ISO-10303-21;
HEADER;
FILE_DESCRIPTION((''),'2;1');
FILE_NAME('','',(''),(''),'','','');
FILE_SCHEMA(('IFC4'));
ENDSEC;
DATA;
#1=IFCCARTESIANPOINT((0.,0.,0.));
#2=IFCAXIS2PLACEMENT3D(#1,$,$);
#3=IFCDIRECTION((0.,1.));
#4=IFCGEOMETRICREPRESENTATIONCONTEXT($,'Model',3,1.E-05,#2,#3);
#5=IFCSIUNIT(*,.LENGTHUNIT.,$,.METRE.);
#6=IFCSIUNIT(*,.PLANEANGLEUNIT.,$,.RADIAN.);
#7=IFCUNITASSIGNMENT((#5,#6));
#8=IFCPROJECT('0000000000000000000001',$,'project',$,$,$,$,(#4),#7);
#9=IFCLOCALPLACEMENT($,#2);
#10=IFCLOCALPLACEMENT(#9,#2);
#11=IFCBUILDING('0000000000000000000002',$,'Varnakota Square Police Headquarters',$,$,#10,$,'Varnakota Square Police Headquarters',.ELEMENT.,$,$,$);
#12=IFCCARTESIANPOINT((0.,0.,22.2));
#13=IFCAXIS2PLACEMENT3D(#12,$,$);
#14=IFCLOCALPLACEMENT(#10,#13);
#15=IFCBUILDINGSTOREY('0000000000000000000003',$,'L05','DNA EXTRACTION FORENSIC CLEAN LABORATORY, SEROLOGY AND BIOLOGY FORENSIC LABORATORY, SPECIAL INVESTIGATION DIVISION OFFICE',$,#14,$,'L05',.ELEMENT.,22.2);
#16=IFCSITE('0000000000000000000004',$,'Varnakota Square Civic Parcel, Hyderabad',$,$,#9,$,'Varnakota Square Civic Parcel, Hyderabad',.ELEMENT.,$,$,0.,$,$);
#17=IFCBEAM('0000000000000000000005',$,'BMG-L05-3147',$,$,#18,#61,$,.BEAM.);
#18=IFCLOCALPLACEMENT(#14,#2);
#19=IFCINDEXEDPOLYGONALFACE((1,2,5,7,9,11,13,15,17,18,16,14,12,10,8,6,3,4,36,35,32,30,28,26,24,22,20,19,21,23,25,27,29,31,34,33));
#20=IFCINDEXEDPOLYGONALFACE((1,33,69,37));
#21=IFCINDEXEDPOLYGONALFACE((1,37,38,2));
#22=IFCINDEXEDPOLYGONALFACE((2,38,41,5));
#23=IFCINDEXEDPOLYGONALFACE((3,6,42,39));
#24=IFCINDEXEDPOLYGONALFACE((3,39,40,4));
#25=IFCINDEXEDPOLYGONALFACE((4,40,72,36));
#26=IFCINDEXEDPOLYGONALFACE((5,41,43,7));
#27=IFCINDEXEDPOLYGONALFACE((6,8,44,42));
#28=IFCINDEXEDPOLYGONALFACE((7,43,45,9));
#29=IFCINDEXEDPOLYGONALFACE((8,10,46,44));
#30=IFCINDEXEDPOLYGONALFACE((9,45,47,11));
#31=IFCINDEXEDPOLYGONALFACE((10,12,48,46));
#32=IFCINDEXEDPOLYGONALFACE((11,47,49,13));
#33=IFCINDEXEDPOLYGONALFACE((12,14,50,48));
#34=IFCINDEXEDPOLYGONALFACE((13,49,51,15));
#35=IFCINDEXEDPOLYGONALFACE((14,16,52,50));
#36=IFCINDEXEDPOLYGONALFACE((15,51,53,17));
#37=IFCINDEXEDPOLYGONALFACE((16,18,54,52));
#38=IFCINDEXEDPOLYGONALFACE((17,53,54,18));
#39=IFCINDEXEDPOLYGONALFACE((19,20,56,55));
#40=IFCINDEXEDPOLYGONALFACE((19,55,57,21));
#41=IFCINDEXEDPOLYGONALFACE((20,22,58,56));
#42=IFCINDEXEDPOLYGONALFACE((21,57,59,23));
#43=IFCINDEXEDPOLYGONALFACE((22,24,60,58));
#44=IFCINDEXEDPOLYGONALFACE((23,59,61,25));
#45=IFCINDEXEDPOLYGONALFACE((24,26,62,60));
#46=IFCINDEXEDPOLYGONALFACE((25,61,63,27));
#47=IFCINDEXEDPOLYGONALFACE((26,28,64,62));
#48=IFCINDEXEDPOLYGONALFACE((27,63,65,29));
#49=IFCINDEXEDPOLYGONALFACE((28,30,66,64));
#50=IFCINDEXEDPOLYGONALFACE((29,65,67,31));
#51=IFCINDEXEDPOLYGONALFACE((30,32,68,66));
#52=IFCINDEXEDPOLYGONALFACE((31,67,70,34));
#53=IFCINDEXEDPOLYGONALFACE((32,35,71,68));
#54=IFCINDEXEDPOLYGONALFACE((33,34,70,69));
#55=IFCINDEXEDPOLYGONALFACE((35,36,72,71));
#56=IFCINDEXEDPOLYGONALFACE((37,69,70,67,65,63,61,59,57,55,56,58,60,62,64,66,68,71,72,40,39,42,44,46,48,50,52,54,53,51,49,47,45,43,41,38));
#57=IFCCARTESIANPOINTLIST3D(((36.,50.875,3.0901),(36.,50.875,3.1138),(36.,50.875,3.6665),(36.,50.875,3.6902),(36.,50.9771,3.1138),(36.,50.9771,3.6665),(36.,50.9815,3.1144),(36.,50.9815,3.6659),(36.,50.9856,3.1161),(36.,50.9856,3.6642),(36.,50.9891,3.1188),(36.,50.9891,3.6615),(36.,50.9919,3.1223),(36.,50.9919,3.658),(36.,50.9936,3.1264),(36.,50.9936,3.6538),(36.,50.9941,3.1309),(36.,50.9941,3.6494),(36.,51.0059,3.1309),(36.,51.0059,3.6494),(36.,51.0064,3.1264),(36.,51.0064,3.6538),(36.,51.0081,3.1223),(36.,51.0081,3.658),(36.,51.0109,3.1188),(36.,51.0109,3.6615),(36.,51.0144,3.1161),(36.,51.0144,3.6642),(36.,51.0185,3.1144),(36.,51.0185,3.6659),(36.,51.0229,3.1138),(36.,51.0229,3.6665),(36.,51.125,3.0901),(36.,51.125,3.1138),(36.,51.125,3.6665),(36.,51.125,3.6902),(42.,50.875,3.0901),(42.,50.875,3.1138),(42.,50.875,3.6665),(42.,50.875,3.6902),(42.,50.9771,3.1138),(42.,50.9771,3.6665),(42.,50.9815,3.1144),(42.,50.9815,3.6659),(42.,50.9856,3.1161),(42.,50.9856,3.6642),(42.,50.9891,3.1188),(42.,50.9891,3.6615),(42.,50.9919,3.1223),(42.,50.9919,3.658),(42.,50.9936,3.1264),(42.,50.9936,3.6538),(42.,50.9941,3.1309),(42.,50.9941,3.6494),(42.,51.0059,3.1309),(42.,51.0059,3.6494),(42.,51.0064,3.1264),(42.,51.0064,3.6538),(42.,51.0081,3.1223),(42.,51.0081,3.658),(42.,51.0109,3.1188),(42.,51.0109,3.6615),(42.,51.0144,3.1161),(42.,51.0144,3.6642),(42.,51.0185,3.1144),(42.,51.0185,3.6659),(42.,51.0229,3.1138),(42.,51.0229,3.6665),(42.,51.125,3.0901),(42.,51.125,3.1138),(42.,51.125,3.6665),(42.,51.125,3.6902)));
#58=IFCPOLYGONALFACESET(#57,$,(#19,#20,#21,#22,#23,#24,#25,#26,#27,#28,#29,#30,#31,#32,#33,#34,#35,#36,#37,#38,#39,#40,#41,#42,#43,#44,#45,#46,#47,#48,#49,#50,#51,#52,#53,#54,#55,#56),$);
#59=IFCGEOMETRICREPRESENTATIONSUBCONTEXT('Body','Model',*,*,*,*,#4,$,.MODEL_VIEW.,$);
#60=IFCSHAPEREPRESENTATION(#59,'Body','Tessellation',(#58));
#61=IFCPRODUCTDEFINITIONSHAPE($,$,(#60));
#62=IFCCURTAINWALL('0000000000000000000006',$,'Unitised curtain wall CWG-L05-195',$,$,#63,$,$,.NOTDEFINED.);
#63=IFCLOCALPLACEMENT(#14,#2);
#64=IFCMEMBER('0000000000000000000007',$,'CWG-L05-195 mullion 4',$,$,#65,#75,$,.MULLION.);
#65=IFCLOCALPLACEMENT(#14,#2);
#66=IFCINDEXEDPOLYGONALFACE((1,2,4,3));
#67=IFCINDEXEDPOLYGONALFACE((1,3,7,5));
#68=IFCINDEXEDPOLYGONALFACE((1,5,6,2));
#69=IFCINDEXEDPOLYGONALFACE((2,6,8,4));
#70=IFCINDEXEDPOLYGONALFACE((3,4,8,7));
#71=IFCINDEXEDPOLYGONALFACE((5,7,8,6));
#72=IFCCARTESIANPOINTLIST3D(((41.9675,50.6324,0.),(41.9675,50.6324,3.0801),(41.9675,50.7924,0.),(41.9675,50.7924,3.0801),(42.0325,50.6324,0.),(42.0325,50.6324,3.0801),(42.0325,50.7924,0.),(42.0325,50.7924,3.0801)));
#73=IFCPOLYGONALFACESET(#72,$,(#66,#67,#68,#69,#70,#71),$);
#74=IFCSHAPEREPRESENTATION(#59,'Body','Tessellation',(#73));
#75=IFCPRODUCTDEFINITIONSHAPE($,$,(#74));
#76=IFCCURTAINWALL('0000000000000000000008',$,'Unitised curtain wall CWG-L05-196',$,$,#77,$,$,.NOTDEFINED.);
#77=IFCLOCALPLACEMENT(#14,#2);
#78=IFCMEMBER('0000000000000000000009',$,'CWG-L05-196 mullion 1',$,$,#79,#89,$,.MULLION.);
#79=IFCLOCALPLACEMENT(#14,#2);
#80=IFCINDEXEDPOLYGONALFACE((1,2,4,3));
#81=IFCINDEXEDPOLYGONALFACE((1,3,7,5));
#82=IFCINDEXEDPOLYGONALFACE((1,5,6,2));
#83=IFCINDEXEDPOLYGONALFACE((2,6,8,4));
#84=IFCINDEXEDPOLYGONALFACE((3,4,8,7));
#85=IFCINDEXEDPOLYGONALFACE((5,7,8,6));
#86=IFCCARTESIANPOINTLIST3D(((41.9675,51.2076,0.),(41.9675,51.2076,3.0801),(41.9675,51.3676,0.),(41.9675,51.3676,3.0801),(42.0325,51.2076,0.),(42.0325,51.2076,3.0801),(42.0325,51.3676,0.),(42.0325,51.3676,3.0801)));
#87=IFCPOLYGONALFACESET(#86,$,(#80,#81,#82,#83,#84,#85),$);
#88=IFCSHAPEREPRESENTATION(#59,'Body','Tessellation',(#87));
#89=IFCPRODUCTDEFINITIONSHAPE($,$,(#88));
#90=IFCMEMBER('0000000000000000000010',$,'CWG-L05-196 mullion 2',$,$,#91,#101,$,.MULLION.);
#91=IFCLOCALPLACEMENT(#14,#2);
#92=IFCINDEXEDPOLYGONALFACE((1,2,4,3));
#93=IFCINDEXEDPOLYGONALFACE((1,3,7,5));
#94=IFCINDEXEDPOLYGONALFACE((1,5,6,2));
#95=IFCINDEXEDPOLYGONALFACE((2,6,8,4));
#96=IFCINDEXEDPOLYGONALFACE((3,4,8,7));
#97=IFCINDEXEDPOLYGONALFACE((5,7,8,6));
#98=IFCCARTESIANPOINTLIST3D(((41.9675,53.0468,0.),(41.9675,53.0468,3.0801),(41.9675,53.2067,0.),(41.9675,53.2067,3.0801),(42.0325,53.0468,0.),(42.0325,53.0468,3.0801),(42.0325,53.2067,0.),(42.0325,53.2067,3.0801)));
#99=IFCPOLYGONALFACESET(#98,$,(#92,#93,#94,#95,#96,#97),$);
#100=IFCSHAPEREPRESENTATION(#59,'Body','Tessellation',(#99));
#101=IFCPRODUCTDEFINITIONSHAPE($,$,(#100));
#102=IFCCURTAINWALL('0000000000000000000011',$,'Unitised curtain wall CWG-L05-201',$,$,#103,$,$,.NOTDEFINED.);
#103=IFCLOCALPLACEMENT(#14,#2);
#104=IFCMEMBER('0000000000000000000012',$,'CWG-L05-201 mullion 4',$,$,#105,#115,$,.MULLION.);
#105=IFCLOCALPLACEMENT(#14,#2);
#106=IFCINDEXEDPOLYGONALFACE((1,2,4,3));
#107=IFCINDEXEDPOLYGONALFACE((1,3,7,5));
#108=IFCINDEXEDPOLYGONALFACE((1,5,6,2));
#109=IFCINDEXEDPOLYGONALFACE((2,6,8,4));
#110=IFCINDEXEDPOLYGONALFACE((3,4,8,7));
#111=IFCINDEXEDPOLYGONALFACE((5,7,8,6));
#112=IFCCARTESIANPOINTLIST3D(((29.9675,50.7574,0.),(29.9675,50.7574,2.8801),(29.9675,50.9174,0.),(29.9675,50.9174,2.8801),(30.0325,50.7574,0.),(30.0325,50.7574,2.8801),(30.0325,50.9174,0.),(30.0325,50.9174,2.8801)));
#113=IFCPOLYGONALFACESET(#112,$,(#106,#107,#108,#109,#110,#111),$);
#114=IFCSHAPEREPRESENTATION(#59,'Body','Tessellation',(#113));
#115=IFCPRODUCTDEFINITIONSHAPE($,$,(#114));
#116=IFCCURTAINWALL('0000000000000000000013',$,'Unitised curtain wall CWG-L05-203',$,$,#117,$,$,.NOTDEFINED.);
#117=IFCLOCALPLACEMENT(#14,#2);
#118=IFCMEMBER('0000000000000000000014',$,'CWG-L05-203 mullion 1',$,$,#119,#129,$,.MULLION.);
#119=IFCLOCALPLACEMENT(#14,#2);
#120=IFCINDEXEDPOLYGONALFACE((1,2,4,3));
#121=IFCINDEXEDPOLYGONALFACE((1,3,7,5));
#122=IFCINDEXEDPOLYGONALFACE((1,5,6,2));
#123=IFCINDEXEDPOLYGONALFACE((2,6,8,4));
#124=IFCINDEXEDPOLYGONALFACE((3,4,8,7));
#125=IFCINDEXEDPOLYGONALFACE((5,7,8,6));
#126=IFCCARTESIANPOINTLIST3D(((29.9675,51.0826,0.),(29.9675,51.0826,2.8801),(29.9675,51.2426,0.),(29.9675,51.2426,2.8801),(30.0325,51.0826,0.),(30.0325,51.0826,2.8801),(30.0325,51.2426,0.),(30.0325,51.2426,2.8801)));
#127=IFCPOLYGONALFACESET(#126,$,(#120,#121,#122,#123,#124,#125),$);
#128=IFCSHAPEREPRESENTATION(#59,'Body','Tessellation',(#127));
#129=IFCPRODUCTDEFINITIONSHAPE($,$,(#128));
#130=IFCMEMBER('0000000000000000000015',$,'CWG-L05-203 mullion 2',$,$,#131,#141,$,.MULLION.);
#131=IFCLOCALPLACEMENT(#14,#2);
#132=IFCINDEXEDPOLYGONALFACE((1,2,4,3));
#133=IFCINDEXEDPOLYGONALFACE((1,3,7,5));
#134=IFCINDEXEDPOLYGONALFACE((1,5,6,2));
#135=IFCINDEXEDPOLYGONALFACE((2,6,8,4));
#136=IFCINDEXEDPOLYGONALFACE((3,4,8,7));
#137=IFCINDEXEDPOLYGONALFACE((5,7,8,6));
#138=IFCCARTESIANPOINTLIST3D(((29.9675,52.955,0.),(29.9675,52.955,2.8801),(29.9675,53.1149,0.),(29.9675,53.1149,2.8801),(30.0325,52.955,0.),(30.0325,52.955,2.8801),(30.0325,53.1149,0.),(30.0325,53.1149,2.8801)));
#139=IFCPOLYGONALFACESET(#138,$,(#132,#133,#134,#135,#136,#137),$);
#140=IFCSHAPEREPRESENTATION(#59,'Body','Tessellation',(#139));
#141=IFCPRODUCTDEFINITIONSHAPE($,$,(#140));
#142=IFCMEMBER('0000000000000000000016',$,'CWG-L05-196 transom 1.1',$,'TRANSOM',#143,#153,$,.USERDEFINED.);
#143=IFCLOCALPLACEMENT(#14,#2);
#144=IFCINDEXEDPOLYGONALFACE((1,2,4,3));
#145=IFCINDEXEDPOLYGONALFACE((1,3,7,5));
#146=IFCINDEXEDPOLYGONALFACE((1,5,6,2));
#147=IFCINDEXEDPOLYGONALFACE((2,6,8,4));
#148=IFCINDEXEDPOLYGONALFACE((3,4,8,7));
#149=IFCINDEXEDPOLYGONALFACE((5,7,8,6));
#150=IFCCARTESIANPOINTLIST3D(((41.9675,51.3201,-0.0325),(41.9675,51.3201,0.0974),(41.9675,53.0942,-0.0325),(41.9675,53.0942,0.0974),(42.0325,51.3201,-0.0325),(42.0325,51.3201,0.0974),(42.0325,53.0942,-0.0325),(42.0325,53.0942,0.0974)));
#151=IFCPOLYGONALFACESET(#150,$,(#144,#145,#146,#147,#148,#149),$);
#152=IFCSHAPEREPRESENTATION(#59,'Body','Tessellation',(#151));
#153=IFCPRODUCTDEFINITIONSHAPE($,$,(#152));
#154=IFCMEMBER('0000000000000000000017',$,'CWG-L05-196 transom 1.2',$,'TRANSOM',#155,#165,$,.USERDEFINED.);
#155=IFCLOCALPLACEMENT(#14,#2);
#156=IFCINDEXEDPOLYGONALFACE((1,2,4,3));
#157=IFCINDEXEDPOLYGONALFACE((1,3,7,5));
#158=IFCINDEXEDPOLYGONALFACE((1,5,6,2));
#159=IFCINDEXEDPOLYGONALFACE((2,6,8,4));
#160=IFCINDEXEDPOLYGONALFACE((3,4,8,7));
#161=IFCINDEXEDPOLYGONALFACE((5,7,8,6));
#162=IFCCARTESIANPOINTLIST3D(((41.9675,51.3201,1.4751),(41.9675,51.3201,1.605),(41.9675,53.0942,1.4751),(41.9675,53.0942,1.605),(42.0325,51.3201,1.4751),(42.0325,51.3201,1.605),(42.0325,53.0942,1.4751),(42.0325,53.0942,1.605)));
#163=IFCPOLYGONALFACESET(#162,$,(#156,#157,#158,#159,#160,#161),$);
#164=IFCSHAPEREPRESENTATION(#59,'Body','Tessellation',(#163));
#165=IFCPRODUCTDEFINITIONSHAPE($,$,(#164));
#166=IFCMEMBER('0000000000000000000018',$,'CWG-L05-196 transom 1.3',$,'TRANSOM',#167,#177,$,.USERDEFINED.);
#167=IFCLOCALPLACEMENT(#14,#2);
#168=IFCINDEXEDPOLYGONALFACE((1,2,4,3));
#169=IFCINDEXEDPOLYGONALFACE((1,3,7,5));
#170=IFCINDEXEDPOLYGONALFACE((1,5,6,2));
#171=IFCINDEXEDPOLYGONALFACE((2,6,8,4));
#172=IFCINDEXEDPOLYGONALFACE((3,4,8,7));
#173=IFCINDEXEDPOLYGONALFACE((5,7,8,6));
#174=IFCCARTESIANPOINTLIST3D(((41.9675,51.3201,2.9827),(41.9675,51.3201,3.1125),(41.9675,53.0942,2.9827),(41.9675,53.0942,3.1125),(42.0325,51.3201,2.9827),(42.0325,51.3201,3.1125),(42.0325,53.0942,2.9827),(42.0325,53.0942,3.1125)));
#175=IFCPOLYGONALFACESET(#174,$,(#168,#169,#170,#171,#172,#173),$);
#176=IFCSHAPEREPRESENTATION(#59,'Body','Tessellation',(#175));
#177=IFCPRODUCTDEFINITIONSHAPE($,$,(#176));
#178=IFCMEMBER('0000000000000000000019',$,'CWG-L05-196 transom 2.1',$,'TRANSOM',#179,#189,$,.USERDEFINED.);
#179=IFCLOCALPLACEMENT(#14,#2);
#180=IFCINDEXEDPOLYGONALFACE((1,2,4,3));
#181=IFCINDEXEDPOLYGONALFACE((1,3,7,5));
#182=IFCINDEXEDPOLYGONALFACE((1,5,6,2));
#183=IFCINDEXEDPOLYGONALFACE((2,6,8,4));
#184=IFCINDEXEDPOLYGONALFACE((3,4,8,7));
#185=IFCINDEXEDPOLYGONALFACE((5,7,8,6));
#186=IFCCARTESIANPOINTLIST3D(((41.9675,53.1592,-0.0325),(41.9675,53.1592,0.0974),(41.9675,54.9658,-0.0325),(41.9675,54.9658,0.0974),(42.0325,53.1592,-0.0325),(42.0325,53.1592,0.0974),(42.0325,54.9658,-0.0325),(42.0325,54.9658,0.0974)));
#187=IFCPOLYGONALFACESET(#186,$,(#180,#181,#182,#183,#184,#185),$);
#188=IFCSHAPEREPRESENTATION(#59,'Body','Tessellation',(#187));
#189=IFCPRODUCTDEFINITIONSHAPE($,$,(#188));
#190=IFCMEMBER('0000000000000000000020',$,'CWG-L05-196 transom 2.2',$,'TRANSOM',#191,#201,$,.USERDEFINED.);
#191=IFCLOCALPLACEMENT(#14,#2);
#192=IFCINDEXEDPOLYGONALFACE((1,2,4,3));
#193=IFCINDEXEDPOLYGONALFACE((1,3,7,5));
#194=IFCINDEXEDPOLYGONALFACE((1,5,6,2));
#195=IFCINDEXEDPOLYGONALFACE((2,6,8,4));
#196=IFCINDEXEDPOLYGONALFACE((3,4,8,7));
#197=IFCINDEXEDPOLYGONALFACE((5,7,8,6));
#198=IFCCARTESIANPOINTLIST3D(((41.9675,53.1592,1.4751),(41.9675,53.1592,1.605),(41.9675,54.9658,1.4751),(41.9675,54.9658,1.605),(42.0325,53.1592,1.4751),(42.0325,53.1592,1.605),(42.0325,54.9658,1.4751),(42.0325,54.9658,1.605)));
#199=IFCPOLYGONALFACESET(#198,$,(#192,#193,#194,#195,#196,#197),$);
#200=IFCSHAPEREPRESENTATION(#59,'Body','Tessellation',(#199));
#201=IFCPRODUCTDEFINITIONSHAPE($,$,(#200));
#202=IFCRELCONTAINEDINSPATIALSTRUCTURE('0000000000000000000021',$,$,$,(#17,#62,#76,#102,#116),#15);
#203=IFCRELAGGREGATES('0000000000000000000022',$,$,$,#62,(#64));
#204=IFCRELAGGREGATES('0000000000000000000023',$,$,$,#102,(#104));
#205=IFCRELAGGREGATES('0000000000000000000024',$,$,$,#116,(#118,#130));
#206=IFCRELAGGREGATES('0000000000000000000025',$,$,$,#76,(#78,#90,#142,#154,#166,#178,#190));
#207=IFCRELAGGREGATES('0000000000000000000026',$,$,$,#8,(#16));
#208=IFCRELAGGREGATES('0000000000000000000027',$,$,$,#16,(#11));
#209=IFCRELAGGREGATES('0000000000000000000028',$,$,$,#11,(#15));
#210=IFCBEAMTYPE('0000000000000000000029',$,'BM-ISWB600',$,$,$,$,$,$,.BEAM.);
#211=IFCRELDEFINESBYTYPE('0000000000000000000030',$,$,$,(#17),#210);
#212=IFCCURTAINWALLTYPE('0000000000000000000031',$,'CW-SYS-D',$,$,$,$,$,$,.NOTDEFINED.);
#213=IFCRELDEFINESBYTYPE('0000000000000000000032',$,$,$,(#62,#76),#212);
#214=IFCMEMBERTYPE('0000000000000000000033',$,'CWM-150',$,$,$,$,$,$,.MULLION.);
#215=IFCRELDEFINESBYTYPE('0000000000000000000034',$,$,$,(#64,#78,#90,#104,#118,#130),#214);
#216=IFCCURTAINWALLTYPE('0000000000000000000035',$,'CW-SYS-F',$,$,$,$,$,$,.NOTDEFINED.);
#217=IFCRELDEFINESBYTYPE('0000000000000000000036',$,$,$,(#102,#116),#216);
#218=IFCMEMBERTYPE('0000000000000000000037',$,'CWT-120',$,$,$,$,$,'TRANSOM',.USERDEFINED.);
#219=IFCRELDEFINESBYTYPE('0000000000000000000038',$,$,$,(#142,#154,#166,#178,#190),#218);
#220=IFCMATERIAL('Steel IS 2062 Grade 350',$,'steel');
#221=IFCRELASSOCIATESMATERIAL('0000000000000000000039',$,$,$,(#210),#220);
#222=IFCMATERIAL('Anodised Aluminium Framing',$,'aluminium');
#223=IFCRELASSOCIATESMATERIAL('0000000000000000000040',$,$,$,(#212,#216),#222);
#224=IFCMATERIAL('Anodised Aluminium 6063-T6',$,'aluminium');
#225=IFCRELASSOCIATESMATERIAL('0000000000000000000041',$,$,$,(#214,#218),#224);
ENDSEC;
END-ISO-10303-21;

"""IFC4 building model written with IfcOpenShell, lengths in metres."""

from ifc_helpers import new_model, si_unit, direction, frame, origin, origin_2d, place, context, subcontext, project, spatial, rectangle, i_section, extrude, material, material_profile, profile_set, type_object, element, aggregate, save


model = new_model("IFC4")

# Units and contexts
model_context = context("Model", 3, precision=1e-05, world=origin(), true_north=direction((0.0, 1.0)))
body_context = subcontext(model_context, "Body", "Model", "MODEL_VIEW")
ifc_project = project(units=[si_unit("LENGTHUNIT", "METRE"), si_unit("PLANEANGLEUNIT", "RADIAN")], contexts=[model_context])

# Site, building, storey
site_placement = place(None, origin())
site = spatial("IfcSite", under=ifc_project, at=site_placement, Name="Varnakota Square Civic Parcel, Hyderabad", LongName="Varnakota Square Civic Parcel, Hyderabad", CompositionType="ELEMENT", RefElevation=0.0)
building_placement = place(site_placement, origin())
building = spatial("IfcBuilding", under=site, at=building_placement, Name="Varnakota Square Police Headquarters", LongName="Varnakota Square Police Headquarters", CompositionType="ELEMENT")
storey_placement = place(building_placement, frame((0.0, 0.0, 22.2)))
storey = spatial("IfcBuildingStorey", under=building, at=storey_placement, Name="L05", Description="DNA EXTRACTION FORENSIC CLEAN LABORATORY, SEROLOGY AND BIOLOGY FORENSIC LABORATORY, SPECIAL INVESTIGATION DIVISION OFFICE", LongName="L05", CompositionType="ELEMENT", Elevation=22.2)

# Shared definitions
ifc_material_1 = material(Name="Steel IS 2062 Grade 350", Category="steel")

# Beam
ifc_material_profile_1 = material_profile(ifc_material_1, i_section(OverallWidth=0.25, OverallDepth=0.6001, WebThickness=0.0117, FlangeThickness=0.0237, FilletRadius=0.0171, at=origin_2d()), Name="ISWB 600")
ifc_profile_set_1 = profile_set([ifc_material_profile_1], Name="Steel IS 2062 Grade 350")
beam_type_1 = type_object("IfcBeamType", Name="BM-ISWB600", PredefinedType="BEAM", material=ifc_profile_set_1)
beam_1_placement = place(storey_placement, frame((36.0, 51.0, 3.3901), z_axis=(1.0, 0.0, 0.0), x_axis=(0.0, 1.0, 0.0)))
element("IfcBeam", 1, at=beam_1_placement, inside=storey, type_object=beam_type_1, Name="BMG-L05-3147", PredefinedType="BEAM", context=body_context, shape_type="SweptSolid", body=[
    extrude(i_section(OverallWidth=0.25, OverallDepth=0.6001, WebThickness=0.0117, FlangeThickness=0.0237, FilletRadius=0.0171, at=origin_2d()), origin(), (0.0, 0.0, 1.0), 6.0),
])

# Curtain wall, member
ifc_material_2 = material(Name="Anodised Aluminium Framing", Category="aluminium")
curtain_wall_type_1 = type_object("IfcCurtainWallType", Name="CW-SYS-D", PredefinedType="NOTDEFINED", material=ifc_material_2)
curtain_wall_1_placement = place(storey_placement, origin())
curtain_wall_1 = element("IfcCurtainWall", 2, at=curtain_wall_1_placement, inside=storey, type_object=curtain_wall_type_1, Name="Unitised curtain wall CWG-L05-195", PredefinedType="NOTDEFINED")
ifc_material_3 = material(Name="Anodised Aluminium 6063-T6", Category="aluminium")
ifc_material_profile_2 = material_profile(ifc_material_3, rectangle(XDim=0.0649, YDim=0.1599, at=origin_2d()), Name="ALU MULLION 65x160")
ifc_profile_set_2 = profile_set([ifc_material_profile_2], Name="Anodised Aluminium 6063-T6")
member_type_1 = type_object("IfcMemberType", Name="CWM-150", PredefinedType="MULLION", material=ifc_profile_set_2)
member_1_placement = place(storey_placement, frame((42.0, 50.7124, 0.0), z_axis=(0.0, 0.0, 1.0), x_axis=(-1.0, 0.0, 0.0)))
member_1 = element("IfcMember", 3, at=member_1_placement, type_object=member_type_1, Name="CWG-L05-195 mullion 4", PredefinedType="MULLION", context=body_context, shape_type="SweptSolid", body=[
    extrude(rectangle(XDim=0.0649, YDim=0.1599, at=origin_2d()), origin(), (0.0, 0.0, 1.0), 3.0801),
])

# Curtain wall, members
curtain_wall_2_placement = place(storey_placement, origin())
curtain_wall_2 = element("IfcCurtainWall", 4, at=curtain_wall_2_placement, inside=storey, type_object=curtain_wall_type_1, Name="Unitised curtain wall CWG-L05-196", PredefinedType="NOTDEFINED")
member_2_placement = place(storey_placement, frame((42.0, 51.2876, 0.0), z_axis=(0.0, 0.0, 1.0), x_axis=(-1.0, 0.0, 0.0)))
member_2 = element("IfcMember", 5, at=member_2_placement, type_object=member_type_1, Name="CWG-L05-196 mullion 1", PredefinedType="MULLION", context=body_context, shape_type="SweptSolid", body=[
    extrude(rectangle(XDim=0.0649, YDim=0.1599, at=origin_2d()), origin(), (0.0, 0.0, 1.0), 3.0801),
])
member_3_placement = place(storey_placement, frame((42.0, 53.1267, 0.0), z_axis=(0.0, 0.0, 1.0), x_axis=(-1.0, 0.0, 0.0)))
member_3 = element("IfcMember", 6, at=member_3_placement, type_object=member_type_1, Name="CWG-L05-196 mullion 2", PredefinedType="MULLION", context=body_context, shape_type="SweptSolid", body=[
    extrude(rectangle(XDim=0.0649, YDim=0.1599, at=origin_2d()), origin(), (0.0, 0.0, 1.0), 3.0801),
])

# Curtain wall, member
curtain_wall_type_2 = type_object("IfcCurtainWallType", Name="CW-SYS-F", PredefinedType="NOTDEFINED", material=ifc_material_2)
curtain_wall_3_placement = place(storey_placement, origin())
curtain_wall_3 = element("IfcCurtainWall", 7, at=curtain_wall_3_placement, inside=storey, type_object=curtain_wall_type_2, Name="Unitised curtain wall CWG-L05-201", PredefinedType="NOTDEFINED")
member_4_placement = place(storey_placement, frame((30.0, 50.8374, 0.0), z_axis=(0.0, 0.0, 1.0), x_axis=(-1.0, 0.0, 0.0)))
member_4 = element("IfcMember", 8, at=member_4_placement, type_object=member_type_1, Name="CWG-L05-201 mullion 4", PredefinedType="MULLION", context=body_context, shape_type="SweptSolid", body=[
    extrude(rectangle(XDim=0.0649, YDim=0.1599, at=origin_2d()), origin(), (0.0, 0.0, 1.0), 2.8801),
])

# Curtain wall, members
curtain_wall_4_placement = place(storey_placement, origin())
curtain_wall_4 = element("IfcCurtainWall", 9, at=curtain_wall_4_placement, inside=storey, type_object=curtain_wall_type_2, Name="Unitised curtain wall CWG-L05-203", PredefinedType="NOTDEFINED")
member_5_placement = place(storey_placement, frame((30.0, 51.1626, 0.0), z_axis=(0.0, 0.0, 1.0), x_axis=(-1.0, 0.0, 0.0)))
member_5 = element("IfcMember", 10, at=member_5_placement, type_object=member_type_1, Name="CWG-L05-203 mullion 1", PredefinedType="MULLION", context=body_context, shape_type="SweptSolid", body=[
    extrude(rectangle(XDim=0.0649, YDim=0.1599, at=origin_2d()), origin(), (0.0, 0.0, 1.0), 2.8801),
])
member_6_placement = place(storey_placement, frame((30.0, 53.0349, 0.0), z_axis=(0.0, 0.0, 1.0), x_axis=(-1.0, 0.0, 0.0)))
member_6 = element("IfcMember", 11, at=member_6_placement, type_object=member_type_1, Name="CWG-L05-203 mullion 2", PredefinedType="MULLION", context=body_context, shape_type="SweptSolid", body=[
    extrude(rectangle(XDim=0.0649, YDim=0.1599, at=origin_2d()), origin(), (0.0, 0.0, 1.0), 2.8801),
])

# Members
ifc_material_profile_3 = material_profile(ifc_material_3, rectangle(XDim=0.0649, YDim=0.1299, at=origin_2d()), Name="ALU TRANSOM 65x130")
ifc_profile_set_3 = profile_set([ifc_material_profile_3], Name="Anodised Aluminium 6063-T6")
member_type_2 = type_object("IfcMemberType", Name="CWT-120", ElementType="TRANSOM", PredefinedType="USERDEFINED", material=ifc_profile_set_3)
member_7_placement = place(storey_placement, frame((42.0, 51.3201, 0.0325), z_axis=(0.0, 1.0, 0.0), x_axis=(-1.0, 0.0, 0.0)))
member_7 = element("IfcMember", 12, at=member_7_placement, type_object=member_type_2, Name="CWG-L05-196 transom 1.1", ObjectType="TRANSOM", PredefinedType="USERDEFINED", context=body_context, shape_type="SweptSolid", body=[
    extrude(rectangle(XDim=0.0649, YDim=0.1299, at=origin_2d()), origin(), (0.0, 0.0, 1.0), 1.7742),
])
member_8_placement = place(storey_placement, frame((42.0, 51.3201, 1.54), z_axis=(0.0, 1.0, 0.0), x_axis=(-1.0, 0.0, 0.0)))
member_8 = element("IfcMember", 13, at=member_8_placement, type_object=member_type_2, Name="CWG-L05-196 transom 1.2", ObjectType="TRANSOM", PredefinedType="USERDEFINED", context=body_context, shape_type="SweptSolid", body=[
    extrude(rectangle(XDim=0.0649, YDim=0.1299, at=origin_2d()), origin(), (0.0, 0.0, 1.0), 1.7742),
])
member_9_placement = place(storey_placement, frame((42.0, 51.3201, 3.0476), z_axis=(0.0, 1.0, 0.0), x_axis=(-1.0, 0.0, 0.0)))
member_9 = element("IfcMember", 14, at=member_9_placement, type_object=member_type_2, Name="CWG-L05-196 transom 1.3", ObjectType="TRANSOM", PredefinedType="USERDEFINED", context=body_context, shape_type="SweptSolid", body=[
    extrude(rectangle(XDim=0.0649, YDim=0.1299, at=origin_2d()), origin(), (0.0, 0.0, 1.0), 1.7742),
])
member_10_placement = place(storey_placement, frame((42.0, 53.1592, 0.0325), z_axis=(0.0, 1.0, 0.0), x_axis=(-1.0, 0.0, 0.0)))
member_10 = element("IfcMember", 15, at=member_10_placement, type_object=member_type_2, Name="CWG-L05-196 transom 2.1", ObjectType="TRANSOM", PredefinedType="USERDEFINED", context=body_context, shape_type="SweptSolid", body=[
    extrude(rectangle(XDim=0.0649, YDim=0.1299, at=origin_2d()), origin(), (0.0, 0.0, 1.0), 1.8066),
])
member_11_placement = place(storey_placement, frame((42.0, 53.1592, 1.54), z_axis=(0.0, 1.0, 0.0), x_axis=(-1.0, 0.0, 0.0)))
member_11 = element("IfcMember", 16, at=member_11_placement, type_object=member_type_2, Name="CWG-L05-196 transom 2.2", ObjectType="TRANSOM", PredefinedType="USERDEFINED", context=body_context, shape_type="SweptSolid", body=[
    extrude(rectangle(XDim=0.0649, YDim=0.1299, at=origin_2d()), origin(), (0.0, 0.0, 1.0), 1.8066),
])

aggregate(curtain_wall_1, [member_1])
aggregate(curtain_wall_3, [member_4])
aggregate(curtain_wall_4, [member_5, member_6])
aggregate(curtain_wall_2, [member_2, member_3, member_7, member_8, member_9, member_10, member_11])

save(model, "model.ifc")
